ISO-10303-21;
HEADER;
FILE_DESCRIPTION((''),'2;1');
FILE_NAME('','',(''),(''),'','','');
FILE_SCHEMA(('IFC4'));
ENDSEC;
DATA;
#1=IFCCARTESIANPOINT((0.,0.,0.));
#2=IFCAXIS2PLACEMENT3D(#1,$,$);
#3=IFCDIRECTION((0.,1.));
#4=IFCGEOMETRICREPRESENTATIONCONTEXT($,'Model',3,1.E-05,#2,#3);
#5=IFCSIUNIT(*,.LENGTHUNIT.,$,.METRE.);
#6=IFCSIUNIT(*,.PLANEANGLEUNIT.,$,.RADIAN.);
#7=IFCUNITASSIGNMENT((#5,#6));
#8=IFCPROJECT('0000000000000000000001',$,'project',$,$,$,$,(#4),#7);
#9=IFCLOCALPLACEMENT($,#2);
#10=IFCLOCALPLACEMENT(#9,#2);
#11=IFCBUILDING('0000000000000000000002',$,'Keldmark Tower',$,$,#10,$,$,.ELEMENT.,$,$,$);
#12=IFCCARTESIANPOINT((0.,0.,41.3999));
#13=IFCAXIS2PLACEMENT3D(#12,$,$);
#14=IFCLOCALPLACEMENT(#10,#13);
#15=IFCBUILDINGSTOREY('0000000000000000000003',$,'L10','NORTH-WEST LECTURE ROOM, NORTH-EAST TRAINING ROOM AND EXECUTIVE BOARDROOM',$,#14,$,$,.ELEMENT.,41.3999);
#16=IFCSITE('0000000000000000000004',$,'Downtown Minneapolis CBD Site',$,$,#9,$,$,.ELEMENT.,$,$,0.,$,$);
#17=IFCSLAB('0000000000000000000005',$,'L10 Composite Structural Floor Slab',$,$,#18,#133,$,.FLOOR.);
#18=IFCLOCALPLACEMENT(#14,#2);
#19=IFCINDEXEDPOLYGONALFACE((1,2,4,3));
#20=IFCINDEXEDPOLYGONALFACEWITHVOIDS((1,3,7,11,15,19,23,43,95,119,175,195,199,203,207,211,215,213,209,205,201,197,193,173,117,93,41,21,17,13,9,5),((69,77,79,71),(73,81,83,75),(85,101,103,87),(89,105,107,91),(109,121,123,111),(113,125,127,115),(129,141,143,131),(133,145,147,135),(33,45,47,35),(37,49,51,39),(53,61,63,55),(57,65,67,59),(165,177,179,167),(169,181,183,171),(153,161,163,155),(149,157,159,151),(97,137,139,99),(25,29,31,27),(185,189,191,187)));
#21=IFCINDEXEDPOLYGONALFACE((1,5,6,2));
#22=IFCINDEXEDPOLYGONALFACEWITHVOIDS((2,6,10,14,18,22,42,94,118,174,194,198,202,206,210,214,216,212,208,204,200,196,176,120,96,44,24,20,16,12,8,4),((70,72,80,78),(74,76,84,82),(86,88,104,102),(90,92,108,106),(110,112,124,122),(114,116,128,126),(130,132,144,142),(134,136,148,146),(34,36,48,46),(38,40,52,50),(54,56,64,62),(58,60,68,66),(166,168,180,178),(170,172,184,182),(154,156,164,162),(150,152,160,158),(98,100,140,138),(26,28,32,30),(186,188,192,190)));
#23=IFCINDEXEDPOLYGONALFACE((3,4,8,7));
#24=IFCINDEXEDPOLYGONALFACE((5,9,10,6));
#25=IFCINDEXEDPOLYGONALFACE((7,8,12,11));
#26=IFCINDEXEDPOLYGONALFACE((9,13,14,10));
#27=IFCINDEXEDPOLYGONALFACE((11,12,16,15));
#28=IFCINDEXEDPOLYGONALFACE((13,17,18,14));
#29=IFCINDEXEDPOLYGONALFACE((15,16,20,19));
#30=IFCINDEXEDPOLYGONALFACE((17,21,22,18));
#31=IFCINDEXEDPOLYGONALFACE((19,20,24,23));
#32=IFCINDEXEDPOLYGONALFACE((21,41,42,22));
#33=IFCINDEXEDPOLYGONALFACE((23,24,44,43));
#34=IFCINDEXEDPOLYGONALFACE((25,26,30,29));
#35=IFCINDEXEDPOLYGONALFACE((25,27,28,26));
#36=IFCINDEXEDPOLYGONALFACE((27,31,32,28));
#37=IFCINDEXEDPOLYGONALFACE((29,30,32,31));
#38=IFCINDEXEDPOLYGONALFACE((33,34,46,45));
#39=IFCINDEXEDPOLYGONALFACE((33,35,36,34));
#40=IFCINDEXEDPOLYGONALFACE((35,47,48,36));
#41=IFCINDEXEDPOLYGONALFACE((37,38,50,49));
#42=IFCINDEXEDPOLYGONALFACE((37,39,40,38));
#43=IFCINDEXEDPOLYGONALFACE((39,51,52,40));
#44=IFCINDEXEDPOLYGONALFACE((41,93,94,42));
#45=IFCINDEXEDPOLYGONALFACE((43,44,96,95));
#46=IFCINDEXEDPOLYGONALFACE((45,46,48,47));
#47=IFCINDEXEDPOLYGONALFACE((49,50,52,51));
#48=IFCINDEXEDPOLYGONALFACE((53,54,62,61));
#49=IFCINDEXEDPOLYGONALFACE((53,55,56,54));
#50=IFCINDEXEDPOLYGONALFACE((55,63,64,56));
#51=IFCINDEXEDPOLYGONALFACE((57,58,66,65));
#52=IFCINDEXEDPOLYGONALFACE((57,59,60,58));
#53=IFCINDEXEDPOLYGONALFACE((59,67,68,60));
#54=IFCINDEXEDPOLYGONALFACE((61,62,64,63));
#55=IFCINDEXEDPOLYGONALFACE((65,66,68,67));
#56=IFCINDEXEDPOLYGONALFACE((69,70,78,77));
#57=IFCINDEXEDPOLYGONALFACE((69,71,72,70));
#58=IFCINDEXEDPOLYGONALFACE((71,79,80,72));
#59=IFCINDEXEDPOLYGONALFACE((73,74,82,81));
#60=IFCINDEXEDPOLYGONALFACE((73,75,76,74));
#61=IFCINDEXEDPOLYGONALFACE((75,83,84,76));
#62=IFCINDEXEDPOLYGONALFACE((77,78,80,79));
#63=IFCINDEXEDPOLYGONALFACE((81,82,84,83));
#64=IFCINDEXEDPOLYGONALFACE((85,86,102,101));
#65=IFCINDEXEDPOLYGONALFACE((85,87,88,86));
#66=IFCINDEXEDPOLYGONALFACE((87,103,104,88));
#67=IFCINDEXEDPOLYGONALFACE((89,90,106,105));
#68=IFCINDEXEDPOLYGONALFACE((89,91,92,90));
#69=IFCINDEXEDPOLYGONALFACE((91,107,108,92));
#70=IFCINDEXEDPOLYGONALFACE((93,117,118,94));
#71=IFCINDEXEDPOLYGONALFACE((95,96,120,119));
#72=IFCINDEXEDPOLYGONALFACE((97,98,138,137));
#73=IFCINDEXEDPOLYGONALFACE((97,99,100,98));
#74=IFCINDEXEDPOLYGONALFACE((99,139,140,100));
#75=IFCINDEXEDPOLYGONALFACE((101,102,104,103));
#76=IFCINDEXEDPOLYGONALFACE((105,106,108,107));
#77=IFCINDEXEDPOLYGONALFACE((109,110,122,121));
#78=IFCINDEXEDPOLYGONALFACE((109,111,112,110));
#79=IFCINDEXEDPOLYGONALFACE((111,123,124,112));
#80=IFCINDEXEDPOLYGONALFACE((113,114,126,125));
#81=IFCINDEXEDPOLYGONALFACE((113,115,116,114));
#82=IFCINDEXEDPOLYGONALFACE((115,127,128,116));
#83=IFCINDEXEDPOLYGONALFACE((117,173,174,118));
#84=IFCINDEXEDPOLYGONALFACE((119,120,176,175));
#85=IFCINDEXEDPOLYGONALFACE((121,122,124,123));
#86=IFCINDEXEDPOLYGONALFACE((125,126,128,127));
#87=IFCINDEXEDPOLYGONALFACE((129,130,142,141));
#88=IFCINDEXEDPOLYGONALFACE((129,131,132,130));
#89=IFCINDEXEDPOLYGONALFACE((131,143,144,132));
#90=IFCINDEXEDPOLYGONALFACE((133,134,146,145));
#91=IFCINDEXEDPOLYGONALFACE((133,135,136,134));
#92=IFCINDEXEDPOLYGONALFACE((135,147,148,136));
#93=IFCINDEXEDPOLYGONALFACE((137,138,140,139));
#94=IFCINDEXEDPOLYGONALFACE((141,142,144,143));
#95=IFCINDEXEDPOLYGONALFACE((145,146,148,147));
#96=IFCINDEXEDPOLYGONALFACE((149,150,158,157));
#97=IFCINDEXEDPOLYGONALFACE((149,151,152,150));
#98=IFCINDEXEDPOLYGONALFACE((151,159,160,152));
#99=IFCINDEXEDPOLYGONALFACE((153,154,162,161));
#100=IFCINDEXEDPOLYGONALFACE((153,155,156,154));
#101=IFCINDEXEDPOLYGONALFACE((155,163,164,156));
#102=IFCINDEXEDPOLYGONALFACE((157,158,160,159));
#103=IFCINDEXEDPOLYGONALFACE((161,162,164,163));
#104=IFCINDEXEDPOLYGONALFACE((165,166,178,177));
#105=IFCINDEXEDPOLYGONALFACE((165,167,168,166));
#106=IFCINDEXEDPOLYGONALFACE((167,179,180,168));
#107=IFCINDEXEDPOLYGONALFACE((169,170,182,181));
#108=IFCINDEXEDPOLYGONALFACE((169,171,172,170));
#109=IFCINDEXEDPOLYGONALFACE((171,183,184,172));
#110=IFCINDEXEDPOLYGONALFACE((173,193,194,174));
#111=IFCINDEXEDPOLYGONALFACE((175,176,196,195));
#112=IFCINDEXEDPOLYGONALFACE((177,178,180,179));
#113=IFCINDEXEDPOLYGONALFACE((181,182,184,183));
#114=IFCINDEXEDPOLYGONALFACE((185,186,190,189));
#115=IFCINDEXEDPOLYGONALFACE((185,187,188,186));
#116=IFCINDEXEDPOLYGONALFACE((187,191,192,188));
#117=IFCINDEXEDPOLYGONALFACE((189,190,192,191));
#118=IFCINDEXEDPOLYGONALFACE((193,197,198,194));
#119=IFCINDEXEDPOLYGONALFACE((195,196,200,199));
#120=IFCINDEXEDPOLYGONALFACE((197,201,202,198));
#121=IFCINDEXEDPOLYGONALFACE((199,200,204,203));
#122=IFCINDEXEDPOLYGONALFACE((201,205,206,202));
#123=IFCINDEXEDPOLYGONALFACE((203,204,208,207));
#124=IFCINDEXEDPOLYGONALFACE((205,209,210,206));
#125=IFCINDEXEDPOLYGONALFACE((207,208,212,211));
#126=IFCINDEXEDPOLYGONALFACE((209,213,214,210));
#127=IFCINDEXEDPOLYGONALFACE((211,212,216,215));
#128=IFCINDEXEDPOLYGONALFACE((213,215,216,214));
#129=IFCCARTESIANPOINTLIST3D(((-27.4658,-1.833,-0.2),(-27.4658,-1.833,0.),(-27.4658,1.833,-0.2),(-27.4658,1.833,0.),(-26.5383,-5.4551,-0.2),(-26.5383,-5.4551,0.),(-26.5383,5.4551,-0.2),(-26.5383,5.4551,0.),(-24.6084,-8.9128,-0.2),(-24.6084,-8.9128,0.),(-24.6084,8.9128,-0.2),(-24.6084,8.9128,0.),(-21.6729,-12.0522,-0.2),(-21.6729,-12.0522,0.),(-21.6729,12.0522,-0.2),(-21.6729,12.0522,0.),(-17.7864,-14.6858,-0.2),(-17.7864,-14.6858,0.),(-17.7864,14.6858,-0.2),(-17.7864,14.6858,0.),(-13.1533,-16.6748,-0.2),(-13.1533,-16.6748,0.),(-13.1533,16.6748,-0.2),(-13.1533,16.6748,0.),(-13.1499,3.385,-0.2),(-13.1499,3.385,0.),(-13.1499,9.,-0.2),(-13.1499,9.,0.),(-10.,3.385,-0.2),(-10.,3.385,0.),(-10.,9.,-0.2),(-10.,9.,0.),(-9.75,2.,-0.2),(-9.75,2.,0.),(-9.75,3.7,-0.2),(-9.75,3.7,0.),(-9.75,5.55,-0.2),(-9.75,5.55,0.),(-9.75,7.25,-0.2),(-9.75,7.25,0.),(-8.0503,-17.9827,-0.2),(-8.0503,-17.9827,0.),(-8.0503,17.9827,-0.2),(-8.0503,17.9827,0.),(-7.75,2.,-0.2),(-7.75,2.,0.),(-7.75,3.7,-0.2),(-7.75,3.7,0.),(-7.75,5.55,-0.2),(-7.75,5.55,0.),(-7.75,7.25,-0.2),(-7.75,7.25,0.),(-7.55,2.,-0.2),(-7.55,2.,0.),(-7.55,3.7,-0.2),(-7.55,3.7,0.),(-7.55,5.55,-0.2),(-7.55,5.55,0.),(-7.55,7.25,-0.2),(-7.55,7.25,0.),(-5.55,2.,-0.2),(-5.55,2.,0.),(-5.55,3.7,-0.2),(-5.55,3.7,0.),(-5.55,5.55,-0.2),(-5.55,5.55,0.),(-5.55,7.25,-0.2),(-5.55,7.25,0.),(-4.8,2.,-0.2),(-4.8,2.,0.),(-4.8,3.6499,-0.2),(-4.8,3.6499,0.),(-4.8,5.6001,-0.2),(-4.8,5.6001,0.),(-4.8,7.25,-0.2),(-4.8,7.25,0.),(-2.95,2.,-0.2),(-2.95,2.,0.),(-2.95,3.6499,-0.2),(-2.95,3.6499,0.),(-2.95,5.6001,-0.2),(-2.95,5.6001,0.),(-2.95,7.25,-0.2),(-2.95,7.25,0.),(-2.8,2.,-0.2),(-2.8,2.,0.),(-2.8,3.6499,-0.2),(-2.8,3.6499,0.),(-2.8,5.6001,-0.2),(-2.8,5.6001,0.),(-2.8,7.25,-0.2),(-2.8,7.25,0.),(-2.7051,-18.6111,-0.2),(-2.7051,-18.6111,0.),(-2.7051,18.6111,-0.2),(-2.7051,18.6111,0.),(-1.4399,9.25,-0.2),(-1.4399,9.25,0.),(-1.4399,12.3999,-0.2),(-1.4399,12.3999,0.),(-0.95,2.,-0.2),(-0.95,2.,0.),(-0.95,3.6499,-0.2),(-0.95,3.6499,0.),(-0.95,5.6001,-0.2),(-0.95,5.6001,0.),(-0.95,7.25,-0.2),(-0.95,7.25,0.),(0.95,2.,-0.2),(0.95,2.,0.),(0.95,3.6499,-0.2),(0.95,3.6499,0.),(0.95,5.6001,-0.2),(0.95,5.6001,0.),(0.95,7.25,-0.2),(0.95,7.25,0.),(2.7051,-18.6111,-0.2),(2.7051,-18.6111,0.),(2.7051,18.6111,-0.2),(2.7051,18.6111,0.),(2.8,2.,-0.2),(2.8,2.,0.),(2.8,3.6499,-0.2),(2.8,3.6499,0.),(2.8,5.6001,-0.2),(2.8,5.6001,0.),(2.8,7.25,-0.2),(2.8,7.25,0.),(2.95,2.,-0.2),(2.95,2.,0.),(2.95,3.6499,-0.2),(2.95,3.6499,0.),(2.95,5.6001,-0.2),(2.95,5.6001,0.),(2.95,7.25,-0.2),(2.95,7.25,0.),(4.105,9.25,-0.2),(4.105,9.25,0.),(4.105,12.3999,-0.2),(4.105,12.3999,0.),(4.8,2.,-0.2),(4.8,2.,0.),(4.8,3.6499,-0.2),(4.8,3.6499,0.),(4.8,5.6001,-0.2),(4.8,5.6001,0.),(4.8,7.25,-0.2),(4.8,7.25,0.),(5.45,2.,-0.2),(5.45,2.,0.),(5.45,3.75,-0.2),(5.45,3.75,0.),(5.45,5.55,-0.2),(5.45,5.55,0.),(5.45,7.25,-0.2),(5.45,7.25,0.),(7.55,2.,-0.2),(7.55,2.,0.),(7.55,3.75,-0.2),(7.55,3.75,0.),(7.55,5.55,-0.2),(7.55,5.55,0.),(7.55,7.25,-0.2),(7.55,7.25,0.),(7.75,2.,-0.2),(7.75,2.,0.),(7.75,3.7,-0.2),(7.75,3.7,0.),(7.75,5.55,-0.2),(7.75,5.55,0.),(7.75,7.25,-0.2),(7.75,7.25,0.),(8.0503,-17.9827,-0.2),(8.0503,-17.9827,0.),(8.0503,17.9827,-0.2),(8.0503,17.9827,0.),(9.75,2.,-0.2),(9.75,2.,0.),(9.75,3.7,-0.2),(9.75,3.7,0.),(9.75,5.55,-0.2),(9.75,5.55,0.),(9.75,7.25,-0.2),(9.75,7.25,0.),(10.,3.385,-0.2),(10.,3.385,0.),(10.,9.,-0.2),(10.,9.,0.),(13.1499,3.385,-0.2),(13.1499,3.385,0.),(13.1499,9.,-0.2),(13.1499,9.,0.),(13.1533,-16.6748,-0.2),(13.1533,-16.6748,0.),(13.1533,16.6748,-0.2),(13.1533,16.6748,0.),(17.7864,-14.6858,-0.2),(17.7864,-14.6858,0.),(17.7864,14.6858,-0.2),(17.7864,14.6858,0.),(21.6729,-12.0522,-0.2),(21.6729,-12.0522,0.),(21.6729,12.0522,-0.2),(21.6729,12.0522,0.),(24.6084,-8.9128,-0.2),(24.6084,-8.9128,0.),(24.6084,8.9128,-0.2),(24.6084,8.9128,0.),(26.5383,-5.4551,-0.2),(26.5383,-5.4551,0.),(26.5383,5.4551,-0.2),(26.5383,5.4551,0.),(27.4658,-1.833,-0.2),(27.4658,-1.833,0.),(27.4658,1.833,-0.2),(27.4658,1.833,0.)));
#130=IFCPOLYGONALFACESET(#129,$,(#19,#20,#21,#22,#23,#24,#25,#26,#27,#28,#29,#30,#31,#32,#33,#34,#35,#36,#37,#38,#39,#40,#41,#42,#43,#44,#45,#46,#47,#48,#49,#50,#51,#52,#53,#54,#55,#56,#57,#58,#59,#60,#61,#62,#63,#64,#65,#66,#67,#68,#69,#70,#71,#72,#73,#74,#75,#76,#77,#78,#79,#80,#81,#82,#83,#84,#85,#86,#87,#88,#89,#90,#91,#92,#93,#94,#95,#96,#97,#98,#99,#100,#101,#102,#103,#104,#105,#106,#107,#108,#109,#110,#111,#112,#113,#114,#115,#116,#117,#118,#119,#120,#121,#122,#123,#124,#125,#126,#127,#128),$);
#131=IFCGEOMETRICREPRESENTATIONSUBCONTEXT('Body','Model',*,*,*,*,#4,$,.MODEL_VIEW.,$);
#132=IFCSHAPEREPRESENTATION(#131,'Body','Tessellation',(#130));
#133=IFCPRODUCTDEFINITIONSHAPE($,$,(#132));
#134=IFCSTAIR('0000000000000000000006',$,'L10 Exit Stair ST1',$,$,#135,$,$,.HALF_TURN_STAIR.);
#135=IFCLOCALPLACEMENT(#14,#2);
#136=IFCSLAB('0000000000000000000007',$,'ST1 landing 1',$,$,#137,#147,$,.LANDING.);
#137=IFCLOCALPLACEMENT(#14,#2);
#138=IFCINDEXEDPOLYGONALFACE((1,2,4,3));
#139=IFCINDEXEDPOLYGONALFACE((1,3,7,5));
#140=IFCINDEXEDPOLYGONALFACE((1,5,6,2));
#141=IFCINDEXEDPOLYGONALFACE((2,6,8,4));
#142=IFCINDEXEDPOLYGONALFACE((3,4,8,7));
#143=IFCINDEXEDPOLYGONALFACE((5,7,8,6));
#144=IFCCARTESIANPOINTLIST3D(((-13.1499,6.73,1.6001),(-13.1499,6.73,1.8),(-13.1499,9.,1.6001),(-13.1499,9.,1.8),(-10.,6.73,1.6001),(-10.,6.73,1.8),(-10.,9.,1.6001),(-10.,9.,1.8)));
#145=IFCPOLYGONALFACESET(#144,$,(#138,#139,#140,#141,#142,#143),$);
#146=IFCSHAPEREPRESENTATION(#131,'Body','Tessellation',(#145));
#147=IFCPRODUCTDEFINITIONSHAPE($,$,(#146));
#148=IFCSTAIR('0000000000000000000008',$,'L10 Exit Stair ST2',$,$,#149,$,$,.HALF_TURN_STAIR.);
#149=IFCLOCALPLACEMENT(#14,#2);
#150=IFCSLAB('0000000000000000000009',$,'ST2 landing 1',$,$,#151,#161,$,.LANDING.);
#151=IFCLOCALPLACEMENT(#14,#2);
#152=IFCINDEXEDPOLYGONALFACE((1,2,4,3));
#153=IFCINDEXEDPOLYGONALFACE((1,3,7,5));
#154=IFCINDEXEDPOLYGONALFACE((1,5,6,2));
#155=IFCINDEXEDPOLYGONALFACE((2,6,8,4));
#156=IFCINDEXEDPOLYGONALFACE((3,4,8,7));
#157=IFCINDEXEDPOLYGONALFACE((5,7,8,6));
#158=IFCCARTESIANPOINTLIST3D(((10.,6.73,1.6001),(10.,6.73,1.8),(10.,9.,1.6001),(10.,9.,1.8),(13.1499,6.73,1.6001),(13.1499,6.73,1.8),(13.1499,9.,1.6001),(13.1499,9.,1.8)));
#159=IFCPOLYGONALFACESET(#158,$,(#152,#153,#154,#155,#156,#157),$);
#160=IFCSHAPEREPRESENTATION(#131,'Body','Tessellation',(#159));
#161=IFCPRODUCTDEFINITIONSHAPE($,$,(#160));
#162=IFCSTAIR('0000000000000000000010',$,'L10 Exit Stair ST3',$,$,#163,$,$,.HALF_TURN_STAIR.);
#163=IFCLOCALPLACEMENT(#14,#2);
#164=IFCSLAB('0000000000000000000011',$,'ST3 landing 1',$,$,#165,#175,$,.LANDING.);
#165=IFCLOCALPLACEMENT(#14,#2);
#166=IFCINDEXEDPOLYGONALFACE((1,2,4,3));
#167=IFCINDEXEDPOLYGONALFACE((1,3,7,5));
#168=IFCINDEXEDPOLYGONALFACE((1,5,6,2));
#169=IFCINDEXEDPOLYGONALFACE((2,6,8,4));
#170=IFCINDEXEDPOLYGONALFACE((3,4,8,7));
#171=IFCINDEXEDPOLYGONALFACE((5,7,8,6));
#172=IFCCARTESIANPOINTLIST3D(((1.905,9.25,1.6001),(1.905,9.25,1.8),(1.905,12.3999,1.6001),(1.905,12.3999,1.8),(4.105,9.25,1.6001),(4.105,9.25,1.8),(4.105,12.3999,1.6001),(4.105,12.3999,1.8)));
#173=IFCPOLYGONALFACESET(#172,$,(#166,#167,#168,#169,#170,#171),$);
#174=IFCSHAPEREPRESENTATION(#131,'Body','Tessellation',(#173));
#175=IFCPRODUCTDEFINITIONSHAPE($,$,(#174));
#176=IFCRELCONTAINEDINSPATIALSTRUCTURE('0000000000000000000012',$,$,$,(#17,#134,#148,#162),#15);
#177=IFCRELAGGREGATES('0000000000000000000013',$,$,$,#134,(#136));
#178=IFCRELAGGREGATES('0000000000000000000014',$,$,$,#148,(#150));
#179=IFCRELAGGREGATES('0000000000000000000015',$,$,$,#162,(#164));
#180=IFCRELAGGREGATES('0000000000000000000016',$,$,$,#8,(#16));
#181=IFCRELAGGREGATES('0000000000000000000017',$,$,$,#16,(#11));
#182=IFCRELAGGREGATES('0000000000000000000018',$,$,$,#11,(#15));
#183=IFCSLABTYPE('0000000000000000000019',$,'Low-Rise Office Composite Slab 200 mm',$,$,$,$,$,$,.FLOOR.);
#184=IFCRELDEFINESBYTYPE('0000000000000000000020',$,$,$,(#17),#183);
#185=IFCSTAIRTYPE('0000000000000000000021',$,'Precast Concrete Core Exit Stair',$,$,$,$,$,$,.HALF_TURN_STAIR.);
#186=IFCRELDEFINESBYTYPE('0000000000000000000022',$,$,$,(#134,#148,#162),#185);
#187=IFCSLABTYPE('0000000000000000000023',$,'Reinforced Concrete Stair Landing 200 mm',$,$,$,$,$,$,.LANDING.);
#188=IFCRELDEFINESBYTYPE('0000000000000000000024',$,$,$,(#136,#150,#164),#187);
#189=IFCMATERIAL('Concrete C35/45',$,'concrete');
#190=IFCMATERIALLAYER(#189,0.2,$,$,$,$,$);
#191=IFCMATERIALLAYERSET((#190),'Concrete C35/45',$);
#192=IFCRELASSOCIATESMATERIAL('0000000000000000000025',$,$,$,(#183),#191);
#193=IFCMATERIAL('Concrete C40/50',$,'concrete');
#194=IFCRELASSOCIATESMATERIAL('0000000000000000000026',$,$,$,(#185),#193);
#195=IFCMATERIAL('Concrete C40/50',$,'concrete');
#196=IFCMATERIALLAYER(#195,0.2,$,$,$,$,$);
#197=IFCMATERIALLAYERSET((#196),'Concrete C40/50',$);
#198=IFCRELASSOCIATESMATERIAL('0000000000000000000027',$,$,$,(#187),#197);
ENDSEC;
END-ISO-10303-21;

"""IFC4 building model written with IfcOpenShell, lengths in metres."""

from ifc_helpers import new_model, si_unit, direction, frame, origin, place, context, subcontext, project, spatial, polyline, outline, extrude, material, layer, layer_set, type_object, element, aggregate, save


model = new_model("IFC4")

# Units and contexts
model_context = context("Model", 3, precision=1e-05, world=origin(), true_north=direction((0.0, 1.0)))
body_context = subcontext(model_context, "Body", "Model", "MODEL_VIEW")
ifc_project = project(units=[si_unit("LENGTHUNIT", "METRE"), si_unit("PLANEANGLEUNIT", "RADIAN")], contexts=[model_context])

# Site, building, storey
site_placement = place(None, origin())
site = spatial("IfcSite", under=ifc_project, at=site_placement, Name="Downtown Minneapolis CBD Site", CompositionType="ELEMENT", RefElevation=0.0)
building_placement = place(site_placement, origin())
building = spatial("IfcBuilding", under=site, at=building_placement, Name="Keldmark Tower", CompositionType="ELEMENT")
storey_placement = place(building_placement, frame((0.0, 0.0, 41.3999)))
storey = spatial("IfcBuildingStorey", under=building, at=storey_placement, Name="L10", Description="NORTH-WEST LECTURE ROOM, NORTH-EAST TRAINING ROOM AND EXECUTIVE BOARDROOM", CompositionType="ELEMENT", Elevation=41.3999)

# Slab
ifc_material_1 = material(Name="Concrete C35/45", Category="concrete")
ifc_layer_1 = layer(ifc_material_1, 0.2)
ifc_layer_set_1 = layer_set([ifc_layer_1], Name="Concrete C35/45")
slab_type_1 = type_object("IfcSlabType", Name="Low-Rise Office Composite Slab 200 mm", PredefinedType="FLOOR", material=ifc_layer_set_1)
slab_1_placement = place(storey_placement, frame((0.0, 0.0, -0.2)))
element("IfcSlab", 1, at=slab_1_placement, inside=storey, type_object=slab_type_1, Name="L10 Composite Structural Floor Slab", PredefinedType="FLOOR", context=body_context, shape_type="SweptSolid", body=[
    extrude(outline(polyline([(27.4658, 1.833), (26.5383, 5.4551), (24.6084, 8.9128), (21.6729, 12.0522), (17.7864, 14.6858), (13.1533, 16.6748), (8.0503, 17.9827), (2.7051, 18.6111), (-2.7051, 18.6111), (-8.0503, 17.9827), (-13.1533, 16.6748), (-17.7864, 14.6858), (-21.6729, 12.0522), (-24.6084, 8.9128), (-26.5383, 5.4551), (-27.4658, 1.833), (-27.4658, -1.833), (-26.5383, -5.4551), (-24.6084, -8.9128), (-21.6729, -12.0522), (-17.7864, -14.6858), (-13.1533, -16.6748), (-8.0503, -17.9827), (-2.7051, -18.6111), (2.7051, -18.6111), (8.0503, -17.9827), (13.1533, -16.6748), (17.7864, -14.6858), (21.6729, -12.0522), (24.6084, -8.9128), (26.5383, -5.4551), (27.4658, -1.833), (27.4658, 1.833)]), holes=[polyline([(-10.0, 3.385), (-10.0, 9.0), (-13.1499, 9.0), (-13.1499, 3.385), (-10.0, 3.385)]), polyline([(13.1499, 3.385), (13.1499, 9.0), (10.0, 9.0), (10.0, 3.385), (13.1499, 3.385)]), polyline([(-1.4399, 9.25), (4.105, 9.25), (4.105, 12.3999), (-1.4399, 12.3999), (-1.4399, 9.25)]), polyline([(-9.75, 2.0), (-7.75, 2.0), (-7.75, 3.7), (-9.75, 3.7), (-9.75, 2.0)]), polyline([(7.75, 2.0), (9.75, 2.0), (9.75, 3.7), (7.75, 3.7), (7.75, 2.0)]), polyline([(5.45, 2.0), (7.55, 2.0), (7.55, 3.75), (5.45, 3.75), (5.45, 2.0)]), polyline([(-4.8, 2.0), (-2.95, 2.0), (-2.95, 3.6499), (-4.8, 3.6499), (-4.8, 2.0)]), polyline([(-2.8, 2.0), (-0.95, 2.0), (-0.95, 3.6499), (-2.8, 3.6499), (-2.8, 2.0)]), polyline([(0.95, 2.0), (2.8, 2.0), (2.8, 3.6499), (0.95, 3.6499), (0.95, 2.0)]), polyline([(2.95, 2.0), (4.8, 2.0), (4.8, 3.6499), (2.95, 3.6499), (2.95, 2.0)]), polyline([(-4.8, 5.6001), (-2.95, 5.6001), (-2.95, 7.25), (-4.8, 7.25), (-4.8, 5.6001)]), polyline([(-2.8, 5.6001), (-0.95, 5.6001), (-0.95, 7.25), (-2.8, 7.25), (-2.8, 5.6001)]), polyline([(0.95, 5.6001), (2.8, 5.6001), (2.8, 7.25), (0.95, 7.25), (0.95, 5.6001)]), polyline([(2.95, 5.6001), (4.8, 5.6001), (4.8, 7.25), (2.95, 7.25), (2.95, 5.6001)]), polyline([(-9.75, 5.55), (-7.75, 5.55), (-7.75, 7.25), (-9.75, 7.25), (-9.75, 5.55)]), polyline([(-7.55, 5.55), (-5.55, 5.55), (-5.55, 7.25), (-7.55, 7.25), (-7.55, 5.55)]), polyline([(-7.55, 2.0), (-5.55, 2.0), (-5.55, 3.7), (-7.55, 3.7), (-7.55, 2.0)]), polyline([(5.45, 5.55), (7.55, 5.55), (7.55, 7.25), (5.45, 7.25), (5.45, 5.55)]), polyline([(7.75, 5.55), (9.75, 5.55), (9.75, 7.25), (7.75, 7.25), (7.75, 5.55)])]), origin(), (0.0, 0.0, 1.0), 0.2),
])

# Stairs, slabs
ifc_material_2 = material(Name="Concrete C40/50", Category="concrete")
stair_type = type_object("IfcStairType", Name="Precast Concrete Core Exit Stair", PredefinedType="HALF_TURN_STAIR", material=ifc_material_2)
stair_1_placement = place(storey_placement, origin())
stair_1 = element("IfcStair", 2, at=stair_1_placement, inside=storey, type_object=stair_type, Name="L10 Exit Stair ST1", PredefinedType="HALF_TURN_STAIR")
ifc_material_3 = material(Name="Concrete C40/50", Category="concrete")
ifc_layer_2 = layer(ifc_material_3, 0.2)
ifc_layer_set_2 = layer_set([ifc_layer_2], Name="Concrete C40/50")
slab_type_2 = type_object("IfcSlabType", Name="Reinforced Concrete Stair Landing 200 mm", PredefinedType="LANDING", material=ifc_layer_set_2)
slab_2_placement = place(storey_placement, frame((0.0, 0.0, 1.6001)))
slab_2 = element("IfcSlab", 3, at=slab_2_placement, type_object=slab_type_2, Name="ST1 landing 1", PredefinedType="LANDING", context=body_context, shape_type="SweptSolid", body=[
    extrude(outline(polyline([(-10.0, 6.73), (-10.0, 9.0), (-13.1499, 9.0), (-13.1499, 6.73), (-10.0, 6.73)])), origin(), (0.0, 0.0, 1.0), 0.2),
])
aggregate(stair_1, [slab_2])
stair_2_placement = place(storey_placement, origin())
stair_2 = element("IfcStair", 4, at=stair_2_placement, inside=storey, type_object=stair_type, Name="L10 Exit Stair ST2", PredefinedType="HALF_TURN_STAIR")
slab_3_placement = place(storey_placement, frame((0.0, 0.0, 1.6001)))
slab_3 = element("IfcSlab", 5, at=slab_3_placement, type_object=slab_type_2, Name="ST2 landing 1", PredefinedType="LANDING", context=body_context, shape_type="SweptSolid", body=[
    extrude(outline(polyline([(13.1499, 6.73), (13.1499, 9.0), (10.0, 9.0), (10.0, 6.73), (13.1499, 6.73)])), origin(), (0.0, 0.0, 1.0), 0.2),
])
aggregate(stair_2, [slab_3])
stair_3_placement = place(storey_placement, origin())
stair_3 = element("IfcStair", 6, at=stair_3_placement, inside=storey, type_object=stair_type, Name="L10 Exit Stair ST3", PredefinedType="HALF_TURN_STAIR")
slab_4_placement = place(storey_placement, frame((0.0, 0.0, 1.6001)))
slab_4 = element("IfcSlab", 7, at=slab_4_placement, type_object=slab_type_2, Name="ST3 landing 1", PredefinedType="LANDING", context=body_context, shape_type="SweptSolid", body=[
    extrude(outline(polyline([(1.905, 9.25), (4.105, 9.25), (4.105, 12.3999), (1.905, 12.3999), (1.905, 9.25)])), origin(), (0.0, 0.0, 1.0), 0.2),
])
aggregate(stair_3, [slab_4])

save(model, "model.ifc")
